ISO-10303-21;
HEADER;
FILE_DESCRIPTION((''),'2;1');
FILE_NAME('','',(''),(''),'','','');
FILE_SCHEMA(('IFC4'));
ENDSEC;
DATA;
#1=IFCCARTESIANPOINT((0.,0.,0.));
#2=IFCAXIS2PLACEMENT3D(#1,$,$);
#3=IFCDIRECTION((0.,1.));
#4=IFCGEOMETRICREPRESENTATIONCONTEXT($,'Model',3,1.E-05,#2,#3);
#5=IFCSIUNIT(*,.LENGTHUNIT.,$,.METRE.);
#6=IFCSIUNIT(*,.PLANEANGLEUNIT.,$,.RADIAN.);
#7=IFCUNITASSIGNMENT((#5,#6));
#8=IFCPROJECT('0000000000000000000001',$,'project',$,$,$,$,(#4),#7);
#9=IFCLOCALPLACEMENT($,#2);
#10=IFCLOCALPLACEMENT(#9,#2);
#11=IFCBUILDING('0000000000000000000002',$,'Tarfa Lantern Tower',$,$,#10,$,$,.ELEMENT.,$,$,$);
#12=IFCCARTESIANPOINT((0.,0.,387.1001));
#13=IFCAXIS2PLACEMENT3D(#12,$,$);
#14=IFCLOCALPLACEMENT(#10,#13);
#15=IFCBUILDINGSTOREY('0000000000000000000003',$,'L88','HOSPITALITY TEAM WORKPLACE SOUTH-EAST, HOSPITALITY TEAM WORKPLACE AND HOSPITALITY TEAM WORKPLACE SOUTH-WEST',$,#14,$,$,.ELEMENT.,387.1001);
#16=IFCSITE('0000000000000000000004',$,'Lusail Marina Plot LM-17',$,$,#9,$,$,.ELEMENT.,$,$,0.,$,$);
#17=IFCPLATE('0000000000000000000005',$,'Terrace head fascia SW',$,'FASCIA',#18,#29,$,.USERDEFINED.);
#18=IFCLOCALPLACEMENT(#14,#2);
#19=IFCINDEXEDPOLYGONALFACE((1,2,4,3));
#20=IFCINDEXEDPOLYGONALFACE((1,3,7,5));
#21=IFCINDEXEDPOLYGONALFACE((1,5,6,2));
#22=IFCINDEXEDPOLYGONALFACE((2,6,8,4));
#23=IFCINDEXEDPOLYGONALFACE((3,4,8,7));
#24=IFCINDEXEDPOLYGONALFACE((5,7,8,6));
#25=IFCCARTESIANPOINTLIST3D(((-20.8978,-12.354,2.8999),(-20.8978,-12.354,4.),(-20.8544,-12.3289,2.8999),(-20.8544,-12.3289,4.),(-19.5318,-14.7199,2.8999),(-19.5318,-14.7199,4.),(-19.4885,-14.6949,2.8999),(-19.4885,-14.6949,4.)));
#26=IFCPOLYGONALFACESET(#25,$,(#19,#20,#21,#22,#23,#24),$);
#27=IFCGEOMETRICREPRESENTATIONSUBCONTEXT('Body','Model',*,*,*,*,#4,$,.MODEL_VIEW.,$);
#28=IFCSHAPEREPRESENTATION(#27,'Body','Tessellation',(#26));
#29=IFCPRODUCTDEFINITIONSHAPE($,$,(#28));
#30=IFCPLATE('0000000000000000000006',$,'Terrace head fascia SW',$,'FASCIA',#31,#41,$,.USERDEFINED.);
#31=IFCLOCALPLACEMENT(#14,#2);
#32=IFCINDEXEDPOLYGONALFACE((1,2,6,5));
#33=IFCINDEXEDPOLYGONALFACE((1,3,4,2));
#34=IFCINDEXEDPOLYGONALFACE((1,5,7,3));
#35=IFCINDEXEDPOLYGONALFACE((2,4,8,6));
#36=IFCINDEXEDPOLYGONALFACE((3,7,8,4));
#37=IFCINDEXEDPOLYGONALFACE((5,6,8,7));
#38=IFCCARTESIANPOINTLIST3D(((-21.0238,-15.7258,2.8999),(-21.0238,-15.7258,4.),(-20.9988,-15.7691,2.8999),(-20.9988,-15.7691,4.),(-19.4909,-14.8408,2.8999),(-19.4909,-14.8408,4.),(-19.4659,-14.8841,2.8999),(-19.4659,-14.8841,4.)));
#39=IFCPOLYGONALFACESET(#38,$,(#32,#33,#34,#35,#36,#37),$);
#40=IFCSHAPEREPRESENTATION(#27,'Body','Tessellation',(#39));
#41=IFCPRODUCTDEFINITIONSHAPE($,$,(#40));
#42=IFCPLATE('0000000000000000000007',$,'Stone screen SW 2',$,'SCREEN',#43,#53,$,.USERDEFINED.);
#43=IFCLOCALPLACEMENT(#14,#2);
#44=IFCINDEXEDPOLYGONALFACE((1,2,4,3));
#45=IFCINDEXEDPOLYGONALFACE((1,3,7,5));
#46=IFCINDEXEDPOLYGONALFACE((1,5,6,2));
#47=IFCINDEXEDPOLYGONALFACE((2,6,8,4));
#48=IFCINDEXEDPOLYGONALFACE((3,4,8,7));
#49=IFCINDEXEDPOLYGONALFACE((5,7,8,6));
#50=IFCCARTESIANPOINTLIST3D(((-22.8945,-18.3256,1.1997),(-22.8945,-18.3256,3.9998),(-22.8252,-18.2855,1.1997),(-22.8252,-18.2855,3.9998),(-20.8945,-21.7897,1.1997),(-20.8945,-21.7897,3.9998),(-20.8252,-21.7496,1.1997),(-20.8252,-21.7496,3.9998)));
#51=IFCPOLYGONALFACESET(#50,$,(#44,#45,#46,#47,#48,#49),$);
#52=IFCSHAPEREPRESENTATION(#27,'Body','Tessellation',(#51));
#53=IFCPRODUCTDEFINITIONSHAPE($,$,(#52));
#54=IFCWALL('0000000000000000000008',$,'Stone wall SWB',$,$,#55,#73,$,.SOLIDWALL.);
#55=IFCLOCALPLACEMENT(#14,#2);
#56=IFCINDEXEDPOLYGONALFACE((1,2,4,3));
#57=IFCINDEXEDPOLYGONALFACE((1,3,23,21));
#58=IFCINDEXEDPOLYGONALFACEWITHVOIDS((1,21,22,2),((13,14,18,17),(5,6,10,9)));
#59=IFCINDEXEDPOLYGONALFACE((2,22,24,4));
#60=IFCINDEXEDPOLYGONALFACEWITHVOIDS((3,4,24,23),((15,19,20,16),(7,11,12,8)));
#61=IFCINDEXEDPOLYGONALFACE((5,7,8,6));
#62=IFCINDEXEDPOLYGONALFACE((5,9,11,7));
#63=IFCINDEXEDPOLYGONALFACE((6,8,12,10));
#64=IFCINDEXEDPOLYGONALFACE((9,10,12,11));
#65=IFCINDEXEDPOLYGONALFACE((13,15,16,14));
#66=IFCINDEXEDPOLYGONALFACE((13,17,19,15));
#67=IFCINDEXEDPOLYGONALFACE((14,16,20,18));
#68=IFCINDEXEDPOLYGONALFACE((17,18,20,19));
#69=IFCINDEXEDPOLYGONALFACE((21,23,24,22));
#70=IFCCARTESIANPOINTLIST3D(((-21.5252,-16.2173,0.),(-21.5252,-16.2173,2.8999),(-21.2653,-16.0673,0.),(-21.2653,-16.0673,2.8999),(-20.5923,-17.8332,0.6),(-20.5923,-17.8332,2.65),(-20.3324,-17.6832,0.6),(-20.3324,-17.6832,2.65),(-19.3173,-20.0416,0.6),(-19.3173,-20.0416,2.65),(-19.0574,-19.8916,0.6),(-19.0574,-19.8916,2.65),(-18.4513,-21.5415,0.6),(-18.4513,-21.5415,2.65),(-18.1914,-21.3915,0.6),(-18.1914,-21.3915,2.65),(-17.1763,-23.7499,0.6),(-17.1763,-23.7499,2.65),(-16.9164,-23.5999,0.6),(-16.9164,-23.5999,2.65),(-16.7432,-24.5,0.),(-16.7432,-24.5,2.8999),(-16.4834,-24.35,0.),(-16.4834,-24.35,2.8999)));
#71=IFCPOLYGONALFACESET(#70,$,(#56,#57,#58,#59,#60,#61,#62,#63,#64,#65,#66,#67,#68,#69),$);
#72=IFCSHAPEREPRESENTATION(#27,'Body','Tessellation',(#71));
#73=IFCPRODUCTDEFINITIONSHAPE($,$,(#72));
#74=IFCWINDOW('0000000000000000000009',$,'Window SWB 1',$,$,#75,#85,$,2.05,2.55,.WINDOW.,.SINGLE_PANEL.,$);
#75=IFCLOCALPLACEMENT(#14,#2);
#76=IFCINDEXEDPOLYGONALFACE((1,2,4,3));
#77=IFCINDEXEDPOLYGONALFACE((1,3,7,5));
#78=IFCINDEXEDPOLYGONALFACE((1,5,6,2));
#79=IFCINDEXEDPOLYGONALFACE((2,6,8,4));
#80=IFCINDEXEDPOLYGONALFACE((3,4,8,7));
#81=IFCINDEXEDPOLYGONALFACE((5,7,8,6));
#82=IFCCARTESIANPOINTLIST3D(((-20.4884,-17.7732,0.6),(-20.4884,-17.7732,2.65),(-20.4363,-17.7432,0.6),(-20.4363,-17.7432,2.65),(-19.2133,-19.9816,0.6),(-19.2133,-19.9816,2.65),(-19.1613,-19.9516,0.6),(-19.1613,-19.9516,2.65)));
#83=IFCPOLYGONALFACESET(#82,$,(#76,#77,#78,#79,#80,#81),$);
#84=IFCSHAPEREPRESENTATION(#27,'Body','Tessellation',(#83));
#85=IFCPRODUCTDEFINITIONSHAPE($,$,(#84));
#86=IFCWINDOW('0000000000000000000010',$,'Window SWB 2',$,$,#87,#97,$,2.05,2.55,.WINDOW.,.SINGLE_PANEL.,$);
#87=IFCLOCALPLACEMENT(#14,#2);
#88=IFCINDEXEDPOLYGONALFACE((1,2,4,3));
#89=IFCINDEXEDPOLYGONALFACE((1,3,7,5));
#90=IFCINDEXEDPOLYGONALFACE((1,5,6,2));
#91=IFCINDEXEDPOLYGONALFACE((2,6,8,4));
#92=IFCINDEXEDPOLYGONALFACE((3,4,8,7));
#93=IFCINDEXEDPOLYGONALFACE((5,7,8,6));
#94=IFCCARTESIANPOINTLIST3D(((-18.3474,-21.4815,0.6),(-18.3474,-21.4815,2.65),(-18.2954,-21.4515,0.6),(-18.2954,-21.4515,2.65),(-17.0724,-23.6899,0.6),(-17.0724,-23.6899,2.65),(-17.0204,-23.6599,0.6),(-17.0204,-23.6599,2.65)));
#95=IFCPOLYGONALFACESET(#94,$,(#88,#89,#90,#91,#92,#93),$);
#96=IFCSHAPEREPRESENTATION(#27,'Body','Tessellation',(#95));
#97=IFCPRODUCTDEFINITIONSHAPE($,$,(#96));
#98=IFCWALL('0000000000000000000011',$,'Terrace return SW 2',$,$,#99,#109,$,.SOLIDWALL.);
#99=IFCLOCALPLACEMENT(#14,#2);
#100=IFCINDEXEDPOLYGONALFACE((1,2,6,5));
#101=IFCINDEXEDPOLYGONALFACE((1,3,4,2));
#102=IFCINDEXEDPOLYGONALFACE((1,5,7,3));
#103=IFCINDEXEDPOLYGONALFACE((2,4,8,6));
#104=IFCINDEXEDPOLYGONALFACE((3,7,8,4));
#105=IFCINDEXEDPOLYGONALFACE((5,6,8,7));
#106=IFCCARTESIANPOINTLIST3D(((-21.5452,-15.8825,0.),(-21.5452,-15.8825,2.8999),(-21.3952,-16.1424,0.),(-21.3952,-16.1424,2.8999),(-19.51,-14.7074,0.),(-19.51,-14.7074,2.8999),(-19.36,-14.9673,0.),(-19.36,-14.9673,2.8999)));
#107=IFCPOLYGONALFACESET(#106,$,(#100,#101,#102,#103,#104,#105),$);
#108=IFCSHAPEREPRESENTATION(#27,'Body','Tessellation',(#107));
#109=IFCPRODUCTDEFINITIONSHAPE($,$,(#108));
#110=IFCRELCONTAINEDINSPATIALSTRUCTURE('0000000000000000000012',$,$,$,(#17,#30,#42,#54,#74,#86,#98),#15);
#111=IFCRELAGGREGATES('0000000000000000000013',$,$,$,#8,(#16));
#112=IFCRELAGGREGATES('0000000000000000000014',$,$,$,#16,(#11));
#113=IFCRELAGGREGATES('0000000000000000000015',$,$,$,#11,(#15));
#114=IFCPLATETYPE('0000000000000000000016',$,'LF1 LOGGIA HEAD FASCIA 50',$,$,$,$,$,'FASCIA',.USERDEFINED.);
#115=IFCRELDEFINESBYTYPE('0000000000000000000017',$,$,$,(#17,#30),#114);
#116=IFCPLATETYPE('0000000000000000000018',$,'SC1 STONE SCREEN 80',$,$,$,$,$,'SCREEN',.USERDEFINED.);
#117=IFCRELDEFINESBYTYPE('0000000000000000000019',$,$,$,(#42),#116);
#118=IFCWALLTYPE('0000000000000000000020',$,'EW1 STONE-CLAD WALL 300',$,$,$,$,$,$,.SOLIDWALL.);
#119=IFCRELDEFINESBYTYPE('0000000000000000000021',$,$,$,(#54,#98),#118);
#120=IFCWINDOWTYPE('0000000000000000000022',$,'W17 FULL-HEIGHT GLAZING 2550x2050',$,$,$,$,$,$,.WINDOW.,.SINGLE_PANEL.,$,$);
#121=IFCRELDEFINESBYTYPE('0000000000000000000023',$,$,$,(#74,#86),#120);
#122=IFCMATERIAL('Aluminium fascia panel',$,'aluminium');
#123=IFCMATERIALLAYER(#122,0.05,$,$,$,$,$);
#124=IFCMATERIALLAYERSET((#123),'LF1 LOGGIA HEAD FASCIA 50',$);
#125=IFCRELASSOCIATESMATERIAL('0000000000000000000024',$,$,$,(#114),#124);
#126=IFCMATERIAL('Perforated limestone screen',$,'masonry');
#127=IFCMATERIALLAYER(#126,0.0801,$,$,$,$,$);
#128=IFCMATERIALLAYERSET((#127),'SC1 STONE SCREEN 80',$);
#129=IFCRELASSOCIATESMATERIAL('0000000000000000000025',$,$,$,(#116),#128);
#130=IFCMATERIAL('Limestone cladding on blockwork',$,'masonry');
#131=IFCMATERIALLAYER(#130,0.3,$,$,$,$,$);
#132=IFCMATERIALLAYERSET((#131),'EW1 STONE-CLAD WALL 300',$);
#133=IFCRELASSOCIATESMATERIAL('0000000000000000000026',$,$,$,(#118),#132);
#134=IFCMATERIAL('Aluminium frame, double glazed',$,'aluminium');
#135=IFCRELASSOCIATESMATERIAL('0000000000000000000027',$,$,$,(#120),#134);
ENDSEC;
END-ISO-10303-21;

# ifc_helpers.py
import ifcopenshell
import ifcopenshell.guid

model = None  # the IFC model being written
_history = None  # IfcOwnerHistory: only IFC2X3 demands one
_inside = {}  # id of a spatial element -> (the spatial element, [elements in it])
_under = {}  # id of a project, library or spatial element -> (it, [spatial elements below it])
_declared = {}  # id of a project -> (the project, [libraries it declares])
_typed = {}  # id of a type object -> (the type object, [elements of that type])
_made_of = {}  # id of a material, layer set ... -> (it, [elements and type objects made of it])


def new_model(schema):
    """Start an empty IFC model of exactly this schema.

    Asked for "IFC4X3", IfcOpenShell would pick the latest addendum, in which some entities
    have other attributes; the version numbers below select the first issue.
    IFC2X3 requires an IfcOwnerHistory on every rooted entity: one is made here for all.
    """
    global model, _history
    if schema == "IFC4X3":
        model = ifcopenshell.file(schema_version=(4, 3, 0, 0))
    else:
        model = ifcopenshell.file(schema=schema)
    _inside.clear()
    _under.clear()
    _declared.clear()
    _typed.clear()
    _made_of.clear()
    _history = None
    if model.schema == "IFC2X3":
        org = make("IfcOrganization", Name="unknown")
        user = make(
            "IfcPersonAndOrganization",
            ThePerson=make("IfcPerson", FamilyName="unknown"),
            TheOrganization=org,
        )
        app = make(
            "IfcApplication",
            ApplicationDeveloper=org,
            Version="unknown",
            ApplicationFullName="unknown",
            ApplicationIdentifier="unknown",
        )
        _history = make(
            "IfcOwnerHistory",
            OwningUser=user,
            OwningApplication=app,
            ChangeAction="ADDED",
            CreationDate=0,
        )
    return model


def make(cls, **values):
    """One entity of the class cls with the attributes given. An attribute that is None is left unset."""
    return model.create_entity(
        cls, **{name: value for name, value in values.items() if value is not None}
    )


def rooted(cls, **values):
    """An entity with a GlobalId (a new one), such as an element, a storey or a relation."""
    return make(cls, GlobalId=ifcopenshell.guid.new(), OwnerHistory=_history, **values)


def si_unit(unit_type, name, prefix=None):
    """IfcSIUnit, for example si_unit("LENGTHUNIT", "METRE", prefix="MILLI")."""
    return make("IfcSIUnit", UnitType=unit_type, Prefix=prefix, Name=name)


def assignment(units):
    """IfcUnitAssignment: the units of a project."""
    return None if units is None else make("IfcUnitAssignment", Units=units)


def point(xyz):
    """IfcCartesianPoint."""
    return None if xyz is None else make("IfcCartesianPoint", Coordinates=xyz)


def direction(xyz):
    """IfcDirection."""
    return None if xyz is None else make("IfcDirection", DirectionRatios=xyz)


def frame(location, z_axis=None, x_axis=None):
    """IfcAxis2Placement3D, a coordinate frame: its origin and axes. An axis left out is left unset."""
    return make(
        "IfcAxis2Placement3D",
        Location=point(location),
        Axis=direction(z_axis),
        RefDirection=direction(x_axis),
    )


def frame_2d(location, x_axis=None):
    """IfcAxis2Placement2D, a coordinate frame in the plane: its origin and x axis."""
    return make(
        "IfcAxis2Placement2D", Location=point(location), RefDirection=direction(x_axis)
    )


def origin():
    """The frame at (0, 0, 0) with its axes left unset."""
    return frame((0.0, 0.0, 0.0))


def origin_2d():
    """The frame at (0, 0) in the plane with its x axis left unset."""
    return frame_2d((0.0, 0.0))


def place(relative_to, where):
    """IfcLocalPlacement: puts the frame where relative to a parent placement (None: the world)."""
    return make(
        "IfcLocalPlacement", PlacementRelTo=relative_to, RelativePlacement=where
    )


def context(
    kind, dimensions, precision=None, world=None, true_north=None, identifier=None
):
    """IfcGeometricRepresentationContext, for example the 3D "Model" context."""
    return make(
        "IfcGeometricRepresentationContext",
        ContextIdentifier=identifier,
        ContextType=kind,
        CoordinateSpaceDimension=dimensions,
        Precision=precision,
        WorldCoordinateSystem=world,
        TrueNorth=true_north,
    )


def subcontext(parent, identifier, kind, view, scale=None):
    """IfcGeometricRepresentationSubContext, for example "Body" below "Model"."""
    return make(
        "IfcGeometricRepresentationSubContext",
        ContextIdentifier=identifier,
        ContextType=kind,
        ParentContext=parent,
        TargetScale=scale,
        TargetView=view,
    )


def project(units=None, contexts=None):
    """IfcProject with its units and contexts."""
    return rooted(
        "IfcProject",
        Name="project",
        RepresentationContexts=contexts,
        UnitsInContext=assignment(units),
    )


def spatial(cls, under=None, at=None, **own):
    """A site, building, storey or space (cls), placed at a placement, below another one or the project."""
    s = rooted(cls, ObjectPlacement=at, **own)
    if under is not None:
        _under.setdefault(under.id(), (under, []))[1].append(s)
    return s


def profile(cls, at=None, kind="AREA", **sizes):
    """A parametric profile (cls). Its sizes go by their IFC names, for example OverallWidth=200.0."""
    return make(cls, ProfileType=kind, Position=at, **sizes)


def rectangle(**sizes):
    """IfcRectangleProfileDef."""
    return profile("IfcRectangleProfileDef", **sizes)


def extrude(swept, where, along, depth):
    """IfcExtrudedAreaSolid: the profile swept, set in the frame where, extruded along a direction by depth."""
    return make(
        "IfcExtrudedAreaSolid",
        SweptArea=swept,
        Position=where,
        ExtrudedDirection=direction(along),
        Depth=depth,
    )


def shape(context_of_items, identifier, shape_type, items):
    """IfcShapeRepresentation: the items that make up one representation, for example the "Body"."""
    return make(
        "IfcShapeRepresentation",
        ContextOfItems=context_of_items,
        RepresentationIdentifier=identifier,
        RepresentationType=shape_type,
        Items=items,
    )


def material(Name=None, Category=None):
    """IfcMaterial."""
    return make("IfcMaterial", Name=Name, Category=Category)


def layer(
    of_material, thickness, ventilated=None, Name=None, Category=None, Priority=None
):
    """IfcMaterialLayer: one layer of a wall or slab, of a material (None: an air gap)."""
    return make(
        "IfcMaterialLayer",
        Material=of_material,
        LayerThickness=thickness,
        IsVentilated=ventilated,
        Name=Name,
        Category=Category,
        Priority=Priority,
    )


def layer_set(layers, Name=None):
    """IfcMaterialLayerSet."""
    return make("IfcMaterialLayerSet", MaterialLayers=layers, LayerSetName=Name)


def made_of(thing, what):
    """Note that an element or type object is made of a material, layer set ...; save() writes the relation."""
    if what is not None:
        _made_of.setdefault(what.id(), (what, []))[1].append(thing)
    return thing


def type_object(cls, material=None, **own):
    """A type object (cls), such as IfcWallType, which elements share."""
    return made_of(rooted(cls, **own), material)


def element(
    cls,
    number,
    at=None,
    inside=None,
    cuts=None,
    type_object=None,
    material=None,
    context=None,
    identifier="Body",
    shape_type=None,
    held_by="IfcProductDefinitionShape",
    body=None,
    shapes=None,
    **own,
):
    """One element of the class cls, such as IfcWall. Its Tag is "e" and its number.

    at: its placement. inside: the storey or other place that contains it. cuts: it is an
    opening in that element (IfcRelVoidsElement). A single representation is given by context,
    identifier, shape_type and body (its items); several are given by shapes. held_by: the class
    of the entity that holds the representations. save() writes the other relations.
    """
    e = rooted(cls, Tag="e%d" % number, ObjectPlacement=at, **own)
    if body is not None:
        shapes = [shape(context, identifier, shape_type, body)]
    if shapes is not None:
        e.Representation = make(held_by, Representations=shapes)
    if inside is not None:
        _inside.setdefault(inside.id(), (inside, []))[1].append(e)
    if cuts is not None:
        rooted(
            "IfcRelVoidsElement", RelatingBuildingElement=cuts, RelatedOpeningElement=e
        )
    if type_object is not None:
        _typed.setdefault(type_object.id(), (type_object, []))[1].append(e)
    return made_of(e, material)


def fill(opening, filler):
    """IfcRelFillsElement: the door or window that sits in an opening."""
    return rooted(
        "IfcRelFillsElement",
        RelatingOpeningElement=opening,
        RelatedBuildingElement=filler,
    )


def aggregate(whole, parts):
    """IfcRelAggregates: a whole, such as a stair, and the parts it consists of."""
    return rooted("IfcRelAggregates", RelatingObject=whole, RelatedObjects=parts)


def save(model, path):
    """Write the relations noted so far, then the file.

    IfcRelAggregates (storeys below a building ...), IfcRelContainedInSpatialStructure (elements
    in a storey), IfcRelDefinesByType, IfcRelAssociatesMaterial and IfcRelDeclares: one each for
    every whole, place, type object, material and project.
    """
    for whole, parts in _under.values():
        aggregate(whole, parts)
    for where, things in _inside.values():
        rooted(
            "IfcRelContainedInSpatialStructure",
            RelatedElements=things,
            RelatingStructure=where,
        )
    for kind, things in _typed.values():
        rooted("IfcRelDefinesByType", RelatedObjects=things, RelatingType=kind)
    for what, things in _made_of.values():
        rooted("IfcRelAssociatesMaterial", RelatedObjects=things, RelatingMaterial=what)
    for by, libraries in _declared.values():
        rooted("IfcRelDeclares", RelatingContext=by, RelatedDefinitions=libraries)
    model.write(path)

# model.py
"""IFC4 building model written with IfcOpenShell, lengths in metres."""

from ifc_helpers import new_model, si_unit, direction, frame, frame_2d, origin, origin_2d, place, context, subcontext, project, spatial, rectangle, extrude, material, layer, layer_set, type_object, element, fill, save


model = new_model("IFC4")

# Units and contexts
model_context = context("Model", 3, precision=1e-05, world=origin(), true_north=direction((0.0, 1.0)))
body_context = subcontext(model_context, "Body", "Model", "MODEL_VIEW")
ifc_project = project(units=[si_unit("LENGTHUNIT", "METRE"), si_unit("PLANEANGLEUNIT", "RADIAN")], contexts=[model_context])

# Site, building, storey
site_placement = place(None, origin())
site = spatial("IfcSite", under=ifc_project, at=site_placement, Name="Lusail Marina Plot LM-17", CompositionType="ELEMENT", RefElevation=0.0)
building_placement = place(site_placement, origin())
building = spatial("IfcBuilding", under=site, at=building_placement, Name="Tarfa Lantern Tower", CompositionType="ELEMENT")
storey_placement = place(building_placement, frame((0.0, 0.0, 387.1001)))
storey = spatial("IfcBuildingStorey", under=building, at=storey_placement, Name="L88", Description="HOSPITALITY TEAM WORKPLACE SOUTH-EAST, HOSPITALITY TEAM WORKPLACE AND HOSPITALITY TEAM WORKPLACE SOUTH-WEST", CompositionType="ELEMENT", Elevation=387.1001)

# Plates
ifc_material_1 = material(Name="Aluminium fascia panel", Category="aluminium")
ifc_layer_1 = layer(ifc_material_1, 0.05)
ifc_layer_set_1 = layer_set([ifc_layer_1], Name="LF1 LOGGIA HEAD FASCIA 50")
plate_type_1 = type_object("IfcPlateType", Name="LF1 LOGGIA HEAD FASCIA 50", ElementType="FASCIA", PredefinedType="USERDEFINED", material=ifc_layer_set_1)
plate_1_placement = place(storey_placement, frame((-20.1931, -13.5244, 2.8999), z_axis=(0.0, 0.0, 1.0), x_axis=(0.5, -0.866025, 0.0)))
element("IfcPlate", 1, at=plate_1_placement, inside=storey, type_object=plate_type_1, Name="Terrace head fascia SW", ObjectType="FASCIA", PredefinedType="USERDEFINED", context=body_context, shape_type="SweptSolid", body=[
    extrude(rectangle(XDim=2.7319, YDim=0.05, at=origin_2d()), origin(), (0.0, 0.0, 1.0), 1.1001),
])
plate_2_placement = place(storey_placement, frame((-20.2449, -15.3049, 2.8999), z_axis=(0.0, 0.0, 1.0), x_axis=(0.866025, 0.5, 0.0)))
element("IfcPlate", 2, at=plate_2_placement, inside=storey, type_object=plate_type_1, Name="Terrace head fascia SW", ObjectType="FASCIA", PredefinedType="USERDEFINED", context=body_context, shape_type="SweptSolid", body=[
    extrude(rectangle(XDim=1.77, YDim=0.05, at=origin_2d()), origin(), (0.0, 0.0, 1.0), 1.1001),
])
ifc_material_2 = material(Name="Perforated limestone screen", Category="masonry")
ifc_layer_2 = layer(ifc_material_2, 0.0801)
ifc_layer_set_2 = layer_set([ifc_layer_2], Name="SC1 STONE SCREEN 80")
plate_type_2 = type_object("IfcPlateType", Name="SC1 STONE SCREEN 80", ElementType="SCREEN", PredefinedType="USERDEFINED", material=ifc_layer_set_2)
plate_3_placement = place(storey_placement, frame((-21.8599, -20.0376, 1.1997), z_axis=(0.0, 0.0, 1.0), x_axis=(0.5, -0.866025, 0.0)))
element("IfcPlate", 3, at=plate_3_placement, inside=storey, type_object=plate_type_2, Name="Stone screen SW 2", ObjectType="SCREEN", PredefinedType="USERDEFINED", context=body_context, shape_type="SweptSolid", body=[
    extrude(rectangle(XDim=4.0, YDim=0.0801, at=origin_2d()), origin(), (0.0, 0.0, 1.0), 2.8),
])

# Wall, openings, windows
ifc_material_3 = material(Name="Limestone cladding on blockwork", Category="masonry")
ifc_layer_3 = layer(ifc_material_3, 0.3)
ifc_layer_set_3 = layer_set([ifc_layer_3], Name="EW1 STONE-CLAD WALL 300")
wall_type = type_object("IfcWallType", Name="EW1 STONE-CLAD WALL 300", PredefinedType="SOLIDWALL", material=ifc_layer_set_3)
wall_1_placement = place(storey_placement, frame((-21.3953, -16.1423, 0.0), z_axis=(0.0, 0.0, 1.0), x_axis=(0.499996, -0.866027, 0.0)))
wall_1 = element("IfcWall", 4, at=wall_1_placement, inside=storey, type_object=wall_type, Name="Stone wall SWB", PredefinedType="SOLIDWALL", context=body_context, shape_type="SweptSolid", body=[
    extrude(rectangle(XDim=9.564, YDim=0.3, at=frame_2d((4.782, 0.0))), origin(), (0.0, 0.0, 1.0), 2.8999),
])
opening_1_placement = place(wall_1_placement, frame((1.866, 0.0, 0.6001)))
opening_1 = element("IfcOpeningElement", 5, at=opening_1_placement, cuts=wall_1, PredefinedType="OPENING", context=body_context, shape_type="SweptSolid", body=[
    extrude(rectangle(XDim=2.55, YDim=2.05, at=frame_2d((1.2749, 1.0249))), frame((0.0, 0.1599, 0.0), z_axis=(0.0, -1.0, 0.0), x_axis=(1.0, 0.0, 0.0)), (0.0, 0.0, 1.0), 0.3201),
])
opening_2_placement = place(wall_1_placement, frame((6.1479, 0.0, 0.6001)))
opening_2 = element("IfcOpeningElement", 6, at=opening_2_placement, cuts=wall_1, PredefinedType="OPENING", context=body_context, shape_type="SweptSolid", body=[
    extrude(rectangle(XDim=2.55, YDim=2.05, at=frame_2d((1.2749, 1.0249))), frame((0.0, 0.1599, 0.0), z_axis=(0.0, -1.0, 0.0), x_axis=(1.0, 0.0, 0.0)), (0.0, 0.0, 1.0), 0.3201),
])
ifc_material_4 = material(Name="Aluminium frame, double glazed", Category="aluminium")
window_type = type_object("IfcWindowType", Name="W17 FULL-HEIGHT GLAZING 2550x2050", PartitioningType="SINGLE_PANEL", PredefinedType="WINDOW", material=ifc_material_4)
window_1_placement = place(opening_1_placement, origin())
window_1 = element("IfcWindow", 7, at=window_1_placement, inside=storey, type_object=window_type, Name="Window SWB 1", OverallHeight=2.05, OverallWidth=2.55, PartitioningType="SINGLE_PANEL", PredefinedType="WINDOW", context=body_context, shape_type="SweptSolid", body=[
    extrude(rectangle(XDim=2.55, YDim=2.05, at=frame_2d((1.2749, 1.0249))), frame((0.0, 0.03, 0.0), z_axis=(0.0, -1.0, 0.0), x_axis=(1.0, 0.0, 0.0)), (0.0, 0.0, 1.0), 0.0601),
])
fill(opening_1, window_1)
window_2_placement = place(opening_2_placement, origin())
window_2 = element("IfcWindow", 8, at=window_2_placement, inside=storey, type_object=window_type, Name="Window SWB 2", OverallHeight=2.05, OverallWidth=2.55, PartitioningType="SINGLE_PANEL", PredefinedType="WINDOW", context=body_context, shape_type="SweptSolid", body=[
    extrude(rectangle(XDim=2.55, YDim=2.05, at=frame_2d((1.2749, 1.0249))), frame((0.0, 0.03, 0.0), z_axis=(0.0, -1.0, 0.0), x_axis=(1.0, 0.0, 0.0)), (0.0, 0.0, 1.0), 0.0601),
])
fill(opening_2, window_2)

# Wall
wall_2_placement = place(storey_placement, frame((-21.4702, -16.0125, 0.0), z_axis=(0.0, 0.0, 1.0), x_axis=(0.866016, 0.500016, 0.0)))
element("IfcWall", 9, at=wall_2_placement, inside=storey, type_object=wall_type, Name="Terrace return SW 2", PredefinedType="SOLIDWALL", context=body_context, shape_type="SweptSolid", body=[
    extrude(rectangle(XDim=2.3501, YDim=0.3, at=frame_2d((1.175, 0.0))), origin(), (0.0, 0.0, 1.0), 2.8999),
])

save(model, "model.ifc")
